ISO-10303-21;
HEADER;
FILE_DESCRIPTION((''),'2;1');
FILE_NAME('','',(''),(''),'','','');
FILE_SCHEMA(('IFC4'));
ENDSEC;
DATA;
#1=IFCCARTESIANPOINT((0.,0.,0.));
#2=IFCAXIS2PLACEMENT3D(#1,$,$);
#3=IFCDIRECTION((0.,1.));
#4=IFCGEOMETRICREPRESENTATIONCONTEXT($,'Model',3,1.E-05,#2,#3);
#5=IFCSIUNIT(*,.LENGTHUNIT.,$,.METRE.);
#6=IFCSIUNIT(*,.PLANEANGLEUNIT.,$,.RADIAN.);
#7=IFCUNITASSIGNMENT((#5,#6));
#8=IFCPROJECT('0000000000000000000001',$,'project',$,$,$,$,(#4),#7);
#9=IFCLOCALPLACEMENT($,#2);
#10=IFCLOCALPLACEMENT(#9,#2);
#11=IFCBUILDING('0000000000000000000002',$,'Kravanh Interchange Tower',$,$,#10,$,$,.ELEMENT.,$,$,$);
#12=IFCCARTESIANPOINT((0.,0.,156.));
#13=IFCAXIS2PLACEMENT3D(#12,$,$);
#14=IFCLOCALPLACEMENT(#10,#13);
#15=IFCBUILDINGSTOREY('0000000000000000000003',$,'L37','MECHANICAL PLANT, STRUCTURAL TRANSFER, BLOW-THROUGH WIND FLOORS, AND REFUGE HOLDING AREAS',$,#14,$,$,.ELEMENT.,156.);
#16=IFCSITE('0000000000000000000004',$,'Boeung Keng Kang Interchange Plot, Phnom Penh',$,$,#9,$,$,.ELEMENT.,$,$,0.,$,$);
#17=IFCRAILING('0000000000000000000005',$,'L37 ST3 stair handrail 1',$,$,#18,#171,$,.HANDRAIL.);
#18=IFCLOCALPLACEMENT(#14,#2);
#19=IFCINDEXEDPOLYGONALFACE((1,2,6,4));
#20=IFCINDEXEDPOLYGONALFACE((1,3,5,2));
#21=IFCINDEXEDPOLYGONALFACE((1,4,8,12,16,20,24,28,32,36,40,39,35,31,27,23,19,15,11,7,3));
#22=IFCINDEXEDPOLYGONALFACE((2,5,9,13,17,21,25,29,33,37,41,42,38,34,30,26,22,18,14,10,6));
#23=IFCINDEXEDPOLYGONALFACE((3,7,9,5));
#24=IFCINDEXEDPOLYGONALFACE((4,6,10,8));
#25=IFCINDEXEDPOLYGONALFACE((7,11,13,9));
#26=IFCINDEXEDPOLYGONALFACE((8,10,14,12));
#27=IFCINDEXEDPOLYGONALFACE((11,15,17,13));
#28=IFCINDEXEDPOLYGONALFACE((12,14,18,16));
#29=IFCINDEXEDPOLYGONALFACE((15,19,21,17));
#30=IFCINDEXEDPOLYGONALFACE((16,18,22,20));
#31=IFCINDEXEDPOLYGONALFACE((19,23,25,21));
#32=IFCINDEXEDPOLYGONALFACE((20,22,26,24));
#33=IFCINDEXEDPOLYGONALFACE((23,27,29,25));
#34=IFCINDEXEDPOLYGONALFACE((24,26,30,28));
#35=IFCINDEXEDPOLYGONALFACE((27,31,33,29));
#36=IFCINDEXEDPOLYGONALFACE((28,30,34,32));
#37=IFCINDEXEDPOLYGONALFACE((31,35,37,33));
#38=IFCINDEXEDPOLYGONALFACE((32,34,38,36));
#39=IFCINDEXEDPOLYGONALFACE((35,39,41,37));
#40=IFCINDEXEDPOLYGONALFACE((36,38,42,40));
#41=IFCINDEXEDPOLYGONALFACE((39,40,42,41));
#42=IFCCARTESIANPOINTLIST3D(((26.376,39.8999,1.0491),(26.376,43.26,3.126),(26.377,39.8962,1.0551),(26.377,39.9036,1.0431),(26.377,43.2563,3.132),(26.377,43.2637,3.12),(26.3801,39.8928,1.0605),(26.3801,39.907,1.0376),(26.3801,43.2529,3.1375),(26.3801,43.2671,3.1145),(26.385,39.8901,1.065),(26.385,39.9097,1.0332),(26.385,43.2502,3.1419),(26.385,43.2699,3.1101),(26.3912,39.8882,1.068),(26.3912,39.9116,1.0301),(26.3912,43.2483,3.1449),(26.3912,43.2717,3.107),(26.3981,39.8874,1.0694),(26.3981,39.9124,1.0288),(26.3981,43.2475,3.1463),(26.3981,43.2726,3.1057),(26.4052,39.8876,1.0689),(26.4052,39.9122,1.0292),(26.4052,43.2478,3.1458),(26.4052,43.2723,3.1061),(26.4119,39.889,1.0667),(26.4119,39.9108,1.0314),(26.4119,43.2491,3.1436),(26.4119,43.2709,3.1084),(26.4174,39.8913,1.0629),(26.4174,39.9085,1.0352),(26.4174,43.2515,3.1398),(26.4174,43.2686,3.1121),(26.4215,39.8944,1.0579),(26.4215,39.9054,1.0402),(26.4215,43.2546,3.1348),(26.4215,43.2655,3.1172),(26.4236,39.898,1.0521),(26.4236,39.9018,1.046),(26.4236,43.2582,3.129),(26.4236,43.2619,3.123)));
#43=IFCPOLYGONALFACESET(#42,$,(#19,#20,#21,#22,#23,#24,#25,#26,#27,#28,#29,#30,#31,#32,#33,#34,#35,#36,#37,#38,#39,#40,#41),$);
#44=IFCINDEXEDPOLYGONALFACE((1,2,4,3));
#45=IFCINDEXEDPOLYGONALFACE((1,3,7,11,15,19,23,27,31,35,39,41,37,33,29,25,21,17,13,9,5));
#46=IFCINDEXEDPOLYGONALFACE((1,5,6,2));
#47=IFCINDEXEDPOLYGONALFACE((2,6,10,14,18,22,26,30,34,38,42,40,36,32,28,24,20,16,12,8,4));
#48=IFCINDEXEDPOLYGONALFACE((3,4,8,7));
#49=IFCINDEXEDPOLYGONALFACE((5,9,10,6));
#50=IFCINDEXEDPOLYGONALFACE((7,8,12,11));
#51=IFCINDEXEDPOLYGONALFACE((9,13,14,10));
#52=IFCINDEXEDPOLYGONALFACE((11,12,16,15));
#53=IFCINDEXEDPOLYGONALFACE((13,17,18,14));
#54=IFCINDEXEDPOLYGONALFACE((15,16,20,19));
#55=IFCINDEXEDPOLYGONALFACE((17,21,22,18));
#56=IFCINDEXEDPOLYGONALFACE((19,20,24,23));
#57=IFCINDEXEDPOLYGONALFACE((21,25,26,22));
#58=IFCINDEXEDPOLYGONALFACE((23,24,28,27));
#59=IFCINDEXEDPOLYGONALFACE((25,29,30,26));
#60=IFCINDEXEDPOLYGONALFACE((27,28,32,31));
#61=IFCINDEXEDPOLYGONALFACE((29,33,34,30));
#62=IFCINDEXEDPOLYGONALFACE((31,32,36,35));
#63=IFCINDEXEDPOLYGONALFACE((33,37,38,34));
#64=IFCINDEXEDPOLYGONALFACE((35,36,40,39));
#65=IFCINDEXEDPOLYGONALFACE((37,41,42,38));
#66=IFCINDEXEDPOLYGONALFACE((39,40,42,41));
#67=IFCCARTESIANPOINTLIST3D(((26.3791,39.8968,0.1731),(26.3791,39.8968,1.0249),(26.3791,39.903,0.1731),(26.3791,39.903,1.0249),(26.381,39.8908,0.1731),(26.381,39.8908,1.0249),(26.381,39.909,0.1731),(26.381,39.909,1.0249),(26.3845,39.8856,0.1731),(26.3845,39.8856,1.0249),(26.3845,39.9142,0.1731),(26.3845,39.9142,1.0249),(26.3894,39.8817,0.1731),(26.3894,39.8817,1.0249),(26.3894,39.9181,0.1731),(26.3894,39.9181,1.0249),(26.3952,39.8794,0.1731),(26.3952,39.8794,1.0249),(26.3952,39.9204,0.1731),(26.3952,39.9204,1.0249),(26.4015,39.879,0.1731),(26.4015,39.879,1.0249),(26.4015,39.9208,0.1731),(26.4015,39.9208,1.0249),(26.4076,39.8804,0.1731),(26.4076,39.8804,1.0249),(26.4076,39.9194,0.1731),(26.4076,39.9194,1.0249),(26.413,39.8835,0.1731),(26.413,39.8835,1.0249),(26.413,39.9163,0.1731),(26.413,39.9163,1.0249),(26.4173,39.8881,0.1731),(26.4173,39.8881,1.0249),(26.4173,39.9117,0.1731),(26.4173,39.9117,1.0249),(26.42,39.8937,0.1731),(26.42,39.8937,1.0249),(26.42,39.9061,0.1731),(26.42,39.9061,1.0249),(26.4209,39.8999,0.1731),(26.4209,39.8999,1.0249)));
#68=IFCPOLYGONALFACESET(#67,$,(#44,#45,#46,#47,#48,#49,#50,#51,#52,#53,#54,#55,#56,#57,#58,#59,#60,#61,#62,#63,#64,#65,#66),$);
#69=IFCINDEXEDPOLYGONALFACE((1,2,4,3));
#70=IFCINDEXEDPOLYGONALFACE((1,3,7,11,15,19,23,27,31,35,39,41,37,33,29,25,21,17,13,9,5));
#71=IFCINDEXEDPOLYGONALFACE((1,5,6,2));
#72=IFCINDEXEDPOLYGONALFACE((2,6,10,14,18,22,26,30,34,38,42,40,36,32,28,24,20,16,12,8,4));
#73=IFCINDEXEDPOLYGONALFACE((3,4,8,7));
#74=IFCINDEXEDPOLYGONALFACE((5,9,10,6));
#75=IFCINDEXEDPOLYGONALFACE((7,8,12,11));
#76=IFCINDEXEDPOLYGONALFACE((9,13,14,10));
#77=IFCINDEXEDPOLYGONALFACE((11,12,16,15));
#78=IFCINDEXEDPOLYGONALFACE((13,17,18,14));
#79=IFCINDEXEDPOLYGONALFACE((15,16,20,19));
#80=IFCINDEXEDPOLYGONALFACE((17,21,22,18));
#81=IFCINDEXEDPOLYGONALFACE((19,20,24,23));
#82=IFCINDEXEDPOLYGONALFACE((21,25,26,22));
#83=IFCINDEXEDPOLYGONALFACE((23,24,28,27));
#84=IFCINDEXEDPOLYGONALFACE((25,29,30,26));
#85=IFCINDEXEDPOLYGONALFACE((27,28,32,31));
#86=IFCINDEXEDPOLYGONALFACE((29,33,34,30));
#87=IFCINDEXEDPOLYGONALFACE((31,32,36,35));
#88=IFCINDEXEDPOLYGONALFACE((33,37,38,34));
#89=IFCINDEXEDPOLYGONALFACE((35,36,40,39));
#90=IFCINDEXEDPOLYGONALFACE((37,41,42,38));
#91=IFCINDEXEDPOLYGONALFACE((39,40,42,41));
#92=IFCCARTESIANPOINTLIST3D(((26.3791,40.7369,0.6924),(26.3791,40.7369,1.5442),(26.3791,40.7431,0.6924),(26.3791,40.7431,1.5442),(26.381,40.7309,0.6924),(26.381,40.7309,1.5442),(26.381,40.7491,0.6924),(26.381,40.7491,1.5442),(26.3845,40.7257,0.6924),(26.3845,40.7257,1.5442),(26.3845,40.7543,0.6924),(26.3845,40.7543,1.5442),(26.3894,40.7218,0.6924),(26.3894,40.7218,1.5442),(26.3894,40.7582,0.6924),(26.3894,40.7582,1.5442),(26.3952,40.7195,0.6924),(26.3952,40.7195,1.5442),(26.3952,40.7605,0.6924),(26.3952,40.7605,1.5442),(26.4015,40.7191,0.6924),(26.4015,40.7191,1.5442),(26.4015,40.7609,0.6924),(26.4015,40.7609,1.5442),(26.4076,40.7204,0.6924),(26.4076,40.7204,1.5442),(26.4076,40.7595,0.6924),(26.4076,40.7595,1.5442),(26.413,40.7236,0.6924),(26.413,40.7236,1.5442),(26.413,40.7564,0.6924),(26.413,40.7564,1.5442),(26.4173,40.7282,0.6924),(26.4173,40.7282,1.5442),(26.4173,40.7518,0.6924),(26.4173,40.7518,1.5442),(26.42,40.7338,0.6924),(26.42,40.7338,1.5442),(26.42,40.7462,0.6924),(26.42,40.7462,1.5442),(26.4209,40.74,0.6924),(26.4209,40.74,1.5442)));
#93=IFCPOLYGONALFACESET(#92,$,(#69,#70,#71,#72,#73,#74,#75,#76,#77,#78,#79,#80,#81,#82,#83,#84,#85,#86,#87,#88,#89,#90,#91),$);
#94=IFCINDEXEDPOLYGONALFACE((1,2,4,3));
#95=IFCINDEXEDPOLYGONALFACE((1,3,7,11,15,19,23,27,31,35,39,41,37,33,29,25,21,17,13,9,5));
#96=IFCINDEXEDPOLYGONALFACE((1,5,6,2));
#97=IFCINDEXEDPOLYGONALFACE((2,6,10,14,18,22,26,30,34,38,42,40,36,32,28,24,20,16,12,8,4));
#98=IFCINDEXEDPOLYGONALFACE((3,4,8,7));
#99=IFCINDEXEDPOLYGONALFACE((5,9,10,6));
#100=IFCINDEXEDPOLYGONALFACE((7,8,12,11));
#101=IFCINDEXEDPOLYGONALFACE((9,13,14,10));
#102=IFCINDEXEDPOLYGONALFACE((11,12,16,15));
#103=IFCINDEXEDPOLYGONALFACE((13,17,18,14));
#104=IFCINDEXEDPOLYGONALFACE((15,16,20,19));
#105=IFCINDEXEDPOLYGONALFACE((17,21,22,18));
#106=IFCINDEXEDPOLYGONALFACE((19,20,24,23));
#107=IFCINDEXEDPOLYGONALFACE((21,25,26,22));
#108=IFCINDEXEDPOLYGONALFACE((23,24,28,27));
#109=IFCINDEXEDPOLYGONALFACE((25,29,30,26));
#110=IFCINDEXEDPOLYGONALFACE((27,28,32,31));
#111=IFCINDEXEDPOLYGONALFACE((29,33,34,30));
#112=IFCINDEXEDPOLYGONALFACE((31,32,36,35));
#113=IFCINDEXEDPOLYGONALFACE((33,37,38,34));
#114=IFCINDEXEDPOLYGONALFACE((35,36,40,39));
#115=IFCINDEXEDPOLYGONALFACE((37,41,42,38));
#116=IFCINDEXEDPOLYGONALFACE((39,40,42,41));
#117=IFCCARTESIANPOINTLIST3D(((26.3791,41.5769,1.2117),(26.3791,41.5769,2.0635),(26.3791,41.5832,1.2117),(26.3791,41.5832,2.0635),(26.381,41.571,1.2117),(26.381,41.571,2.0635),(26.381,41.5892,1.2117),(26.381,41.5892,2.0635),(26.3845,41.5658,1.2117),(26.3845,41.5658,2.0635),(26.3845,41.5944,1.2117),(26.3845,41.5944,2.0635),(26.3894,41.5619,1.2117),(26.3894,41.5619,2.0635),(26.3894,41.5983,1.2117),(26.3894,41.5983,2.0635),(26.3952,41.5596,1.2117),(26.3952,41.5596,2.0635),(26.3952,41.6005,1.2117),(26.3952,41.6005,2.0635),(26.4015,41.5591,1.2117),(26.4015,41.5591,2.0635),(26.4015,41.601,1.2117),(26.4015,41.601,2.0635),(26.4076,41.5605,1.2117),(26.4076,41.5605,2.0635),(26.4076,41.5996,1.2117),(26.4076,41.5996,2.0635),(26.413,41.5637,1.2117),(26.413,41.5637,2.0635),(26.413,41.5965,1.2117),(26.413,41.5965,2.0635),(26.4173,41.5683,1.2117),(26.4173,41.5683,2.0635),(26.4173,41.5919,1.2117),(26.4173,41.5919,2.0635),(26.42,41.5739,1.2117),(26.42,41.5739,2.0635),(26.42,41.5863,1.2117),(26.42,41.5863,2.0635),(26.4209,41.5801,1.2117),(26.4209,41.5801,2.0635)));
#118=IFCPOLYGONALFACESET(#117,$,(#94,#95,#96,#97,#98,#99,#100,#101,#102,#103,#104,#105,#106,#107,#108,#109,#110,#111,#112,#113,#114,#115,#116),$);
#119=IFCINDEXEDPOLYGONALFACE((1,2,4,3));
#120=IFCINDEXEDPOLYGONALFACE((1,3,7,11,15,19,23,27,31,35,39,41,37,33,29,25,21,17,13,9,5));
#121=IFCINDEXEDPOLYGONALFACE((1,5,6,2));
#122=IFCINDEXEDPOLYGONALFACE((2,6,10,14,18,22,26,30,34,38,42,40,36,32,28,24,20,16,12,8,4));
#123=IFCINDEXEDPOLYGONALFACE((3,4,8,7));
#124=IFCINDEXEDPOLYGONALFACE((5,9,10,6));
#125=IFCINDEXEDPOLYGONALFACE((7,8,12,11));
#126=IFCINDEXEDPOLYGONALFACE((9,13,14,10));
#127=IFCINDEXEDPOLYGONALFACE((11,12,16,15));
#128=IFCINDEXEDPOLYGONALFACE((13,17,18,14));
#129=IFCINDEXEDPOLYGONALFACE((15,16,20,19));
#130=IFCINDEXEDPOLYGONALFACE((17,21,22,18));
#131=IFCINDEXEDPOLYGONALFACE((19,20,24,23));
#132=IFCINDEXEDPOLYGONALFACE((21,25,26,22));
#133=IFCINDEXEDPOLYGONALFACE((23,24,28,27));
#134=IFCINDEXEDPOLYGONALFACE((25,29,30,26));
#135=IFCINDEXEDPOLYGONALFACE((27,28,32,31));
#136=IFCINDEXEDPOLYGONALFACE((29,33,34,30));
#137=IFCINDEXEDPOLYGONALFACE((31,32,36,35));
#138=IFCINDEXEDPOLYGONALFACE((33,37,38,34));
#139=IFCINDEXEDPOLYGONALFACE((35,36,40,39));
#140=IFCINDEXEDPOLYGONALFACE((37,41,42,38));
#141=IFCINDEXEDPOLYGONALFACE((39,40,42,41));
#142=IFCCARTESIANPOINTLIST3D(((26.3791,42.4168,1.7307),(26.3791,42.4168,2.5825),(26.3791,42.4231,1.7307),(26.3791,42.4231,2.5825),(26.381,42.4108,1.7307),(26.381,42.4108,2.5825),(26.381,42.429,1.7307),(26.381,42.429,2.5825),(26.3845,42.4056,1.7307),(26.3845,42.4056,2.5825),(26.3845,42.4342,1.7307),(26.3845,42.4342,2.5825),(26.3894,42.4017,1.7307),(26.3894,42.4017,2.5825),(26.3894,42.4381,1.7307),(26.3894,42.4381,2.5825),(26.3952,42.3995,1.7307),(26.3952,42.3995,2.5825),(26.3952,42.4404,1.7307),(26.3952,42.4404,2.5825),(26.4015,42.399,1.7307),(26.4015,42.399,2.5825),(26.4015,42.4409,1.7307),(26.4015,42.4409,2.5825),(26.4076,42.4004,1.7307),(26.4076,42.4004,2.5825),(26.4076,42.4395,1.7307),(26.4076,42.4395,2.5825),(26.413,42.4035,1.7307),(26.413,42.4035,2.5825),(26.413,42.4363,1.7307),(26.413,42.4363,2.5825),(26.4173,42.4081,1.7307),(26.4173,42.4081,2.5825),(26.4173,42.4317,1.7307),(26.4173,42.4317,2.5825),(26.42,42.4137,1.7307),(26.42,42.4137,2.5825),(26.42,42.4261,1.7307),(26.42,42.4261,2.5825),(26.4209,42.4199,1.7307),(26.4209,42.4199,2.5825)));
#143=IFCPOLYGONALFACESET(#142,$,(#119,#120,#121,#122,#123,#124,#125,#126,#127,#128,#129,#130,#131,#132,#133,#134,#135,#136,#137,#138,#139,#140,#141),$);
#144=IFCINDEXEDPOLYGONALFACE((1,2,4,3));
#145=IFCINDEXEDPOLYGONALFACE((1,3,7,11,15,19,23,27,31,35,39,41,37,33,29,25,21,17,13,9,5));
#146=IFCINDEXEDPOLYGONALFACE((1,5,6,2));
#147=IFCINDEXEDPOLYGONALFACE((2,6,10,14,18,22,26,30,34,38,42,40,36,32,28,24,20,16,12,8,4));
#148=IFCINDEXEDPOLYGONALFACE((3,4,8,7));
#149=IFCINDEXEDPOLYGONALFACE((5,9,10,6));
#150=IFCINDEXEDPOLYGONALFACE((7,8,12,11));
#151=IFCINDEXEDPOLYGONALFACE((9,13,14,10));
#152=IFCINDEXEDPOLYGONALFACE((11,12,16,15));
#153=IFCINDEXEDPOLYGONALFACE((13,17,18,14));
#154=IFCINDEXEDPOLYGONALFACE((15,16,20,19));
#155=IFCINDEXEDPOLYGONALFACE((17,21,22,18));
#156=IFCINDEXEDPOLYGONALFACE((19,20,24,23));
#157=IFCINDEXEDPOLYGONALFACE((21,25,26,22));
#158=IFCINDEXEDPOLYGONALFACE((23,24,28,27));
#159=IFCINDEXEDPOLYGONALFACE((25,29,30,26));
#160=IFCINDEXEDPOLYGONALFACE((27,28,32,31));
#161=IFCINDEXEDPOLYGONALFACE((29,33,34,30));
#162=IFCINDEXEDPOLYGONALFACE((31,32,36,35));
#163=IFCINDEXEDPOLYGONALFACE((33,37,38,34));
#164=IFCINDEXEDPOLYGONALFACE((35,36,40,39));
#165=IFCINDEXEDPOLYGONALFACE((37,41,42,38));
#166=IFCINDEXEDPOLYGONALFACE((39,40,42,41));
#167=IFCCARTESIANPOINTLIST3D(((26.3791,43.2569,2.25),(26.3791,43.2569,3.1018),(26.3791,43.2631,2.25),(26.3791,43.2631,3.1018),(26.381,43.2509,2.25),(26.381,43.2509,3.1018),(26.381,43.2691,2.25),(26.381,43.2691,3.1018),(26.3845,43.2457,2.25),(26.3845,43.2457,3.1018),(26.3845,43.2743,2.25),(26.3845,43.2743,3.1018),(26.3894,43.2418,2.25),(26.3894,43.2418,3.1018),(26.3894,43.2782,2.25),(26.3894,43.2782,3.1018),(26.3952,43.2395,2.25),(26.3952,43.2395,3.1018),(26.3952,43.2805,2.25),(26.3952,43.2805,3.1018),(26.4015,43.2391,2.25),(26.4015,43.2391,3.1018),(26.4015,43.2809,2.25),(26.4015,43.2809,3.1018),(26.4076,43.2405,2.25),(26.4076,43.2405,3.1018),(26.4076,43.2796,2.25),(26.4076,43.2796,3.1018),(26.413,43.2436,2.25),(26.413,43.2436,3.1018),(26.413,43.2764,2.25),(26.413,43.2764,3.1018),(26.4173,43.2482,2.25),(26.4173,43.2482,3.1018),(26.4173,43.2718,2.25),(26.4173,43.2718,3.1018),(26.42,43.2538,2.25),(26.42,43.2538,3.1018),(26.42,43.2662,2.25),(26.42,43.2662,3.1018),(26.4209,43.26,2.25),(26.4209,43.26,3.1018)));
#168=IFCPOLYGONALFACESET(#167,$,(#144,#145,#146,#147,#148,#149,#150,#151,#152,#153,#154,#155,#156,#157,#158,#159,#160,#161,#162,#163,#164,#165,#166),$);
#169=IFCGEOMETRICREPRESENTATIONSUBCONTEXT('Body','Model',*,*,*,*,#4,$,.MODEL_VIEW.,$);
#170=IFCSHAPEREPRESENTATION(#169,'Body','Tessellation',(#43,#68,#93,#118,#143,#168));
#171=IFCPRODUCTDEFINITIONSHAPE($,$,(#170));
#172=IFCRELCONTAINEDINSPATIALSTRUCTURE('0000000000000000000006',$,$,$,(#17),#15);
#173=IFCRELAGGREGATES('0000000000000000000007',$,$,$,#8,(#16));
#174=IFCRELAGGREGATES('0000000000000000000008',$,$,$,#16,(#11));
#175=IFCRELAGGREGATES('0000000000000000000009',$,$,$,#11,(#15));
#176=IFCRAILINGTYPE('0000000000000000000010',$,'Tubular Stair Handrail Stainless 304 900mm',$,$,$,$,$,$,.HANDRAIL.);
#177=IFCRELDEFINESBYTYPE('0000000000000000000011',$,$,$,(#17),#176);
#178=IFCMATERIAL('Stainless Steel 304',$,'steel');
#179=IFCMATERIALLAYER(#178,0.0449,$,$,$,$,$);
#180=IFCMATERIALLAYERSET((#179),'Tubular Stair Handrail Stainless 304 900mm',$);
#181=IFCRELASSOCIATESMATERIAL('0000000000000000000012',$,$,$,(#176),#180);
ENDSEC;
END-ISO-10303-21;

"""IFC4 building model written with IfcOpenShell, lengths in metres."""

from ifc_helpers import new_model, si_unit, direction, frame, origin, origin_2d, place, context, subcontext, project, spatial, circle, extrude, material, layer, layer_set, type_object, element, save


model = new_model("IFC4")

# Units and contexts
model_context = context("Model", 3, precision=1e-05, world=origin(), true_north=direction((0.0, 1.0)))
body_context = subcontext(model_context, "Body", "Model", "MODEL_VIEW")
ifc_project = project(units=[si_unit("LENGTHUNIT", "METRE"), si_unit("PLANEANGLEUNIT", "RADIAN")], contexts=[model_context])

# Site, building, storey
site_placement = place(None, origin())
site = spatial("IfcSite", under=ifc_project, at=site_placement, Name="Boeung Keng Kang Interchange Plot, Phnom Penh", CompositionType="ELEMENT", RefElevation=0.0)
building_placement = place(site_placement, origin())
building = spatial("IfcBuilding", under=site, at=building_placement, Name="Kravanh Interchange Tower", CompositionType="ELEMENT")
storey_placement = place(building_placement, frame((0.0, 0.0, 156.0)))
storey = spatial("IfcBuildingStorey", under=building, at=storey_placement, Name="L37", Description="MECHANICAL PLANT, STRUCTURAL TRANSFER, BLOW-THROUGH WIND FLOORS, AND REFUGE HOLDING AREAS", CompositionType="ELEMENT", Elevation=156.0)

# Railing
ifc_material_1 = material(Name="Stainless Steel 304", Category="steel")
ifc_layer_1 = layer(ifc_material_1, 0.0449)
ifc_layer_set_1 = layer_set([ifc_layer_1], Name="Tubular Stair Handrail Stainless 304 900mm")
railing_type_1 = type_object("IfcRailingType", Name="Tubular Stair Handrail Stainless 304 900mm", PredefinedType="HANDRAIL", material=ifc_layer_set_1)
railing_1_placement = place(storey_placement, frame((26.3999, 39.8999, 0.1731)))
element("IfcRailing", 1, at=railing_1_placement, inside=storey, type_object=railing_type_1, Name="L37 ST3 stair handrail 1", PredefinedType="HANDRAIL", context=body_context, shape_type="SweptSolid", body=[
    extrude(circle(Radius=0.0239, at=origin_2d()), frame((0.0, 0.0, 0.876), z_axis=(0.0, 0.850623, 0.525776), x_axis=(-1.0, 0.0, 0.0)), (0.0, 0.0, 1.0), 3.9502),
    extrude(circle(Radius=0.021, at=origin_2d()), origin(), (0.0, 0.0, 1.0), 0.8518),
    extrude(circle(Radius=0.021, at=origin_2d()), frame((0.0, 0.8401, 0.5193)), (0.0, 0.0, 1.0), 0.8518),
    extrude(circle(Radius=0.021, at=origin_2d()), frame((0.0, 1.6802, 1.0386)), (0.0, 0.0, 1.0), 0.8518),
    extrude(circle(Radius=0.021, at=origin_2d()), frame((0.0, 2.52, 1.5576)), (0.0, 0.0, 1.0), 0.8518),
    extrude(circle(Radius=0.021, at=origin_2d()), frame((0.0, 3.3601, 2.0769)), (0.0, 0.0, 1.0), 0.8518),
])

save(model, "model.ifc")
